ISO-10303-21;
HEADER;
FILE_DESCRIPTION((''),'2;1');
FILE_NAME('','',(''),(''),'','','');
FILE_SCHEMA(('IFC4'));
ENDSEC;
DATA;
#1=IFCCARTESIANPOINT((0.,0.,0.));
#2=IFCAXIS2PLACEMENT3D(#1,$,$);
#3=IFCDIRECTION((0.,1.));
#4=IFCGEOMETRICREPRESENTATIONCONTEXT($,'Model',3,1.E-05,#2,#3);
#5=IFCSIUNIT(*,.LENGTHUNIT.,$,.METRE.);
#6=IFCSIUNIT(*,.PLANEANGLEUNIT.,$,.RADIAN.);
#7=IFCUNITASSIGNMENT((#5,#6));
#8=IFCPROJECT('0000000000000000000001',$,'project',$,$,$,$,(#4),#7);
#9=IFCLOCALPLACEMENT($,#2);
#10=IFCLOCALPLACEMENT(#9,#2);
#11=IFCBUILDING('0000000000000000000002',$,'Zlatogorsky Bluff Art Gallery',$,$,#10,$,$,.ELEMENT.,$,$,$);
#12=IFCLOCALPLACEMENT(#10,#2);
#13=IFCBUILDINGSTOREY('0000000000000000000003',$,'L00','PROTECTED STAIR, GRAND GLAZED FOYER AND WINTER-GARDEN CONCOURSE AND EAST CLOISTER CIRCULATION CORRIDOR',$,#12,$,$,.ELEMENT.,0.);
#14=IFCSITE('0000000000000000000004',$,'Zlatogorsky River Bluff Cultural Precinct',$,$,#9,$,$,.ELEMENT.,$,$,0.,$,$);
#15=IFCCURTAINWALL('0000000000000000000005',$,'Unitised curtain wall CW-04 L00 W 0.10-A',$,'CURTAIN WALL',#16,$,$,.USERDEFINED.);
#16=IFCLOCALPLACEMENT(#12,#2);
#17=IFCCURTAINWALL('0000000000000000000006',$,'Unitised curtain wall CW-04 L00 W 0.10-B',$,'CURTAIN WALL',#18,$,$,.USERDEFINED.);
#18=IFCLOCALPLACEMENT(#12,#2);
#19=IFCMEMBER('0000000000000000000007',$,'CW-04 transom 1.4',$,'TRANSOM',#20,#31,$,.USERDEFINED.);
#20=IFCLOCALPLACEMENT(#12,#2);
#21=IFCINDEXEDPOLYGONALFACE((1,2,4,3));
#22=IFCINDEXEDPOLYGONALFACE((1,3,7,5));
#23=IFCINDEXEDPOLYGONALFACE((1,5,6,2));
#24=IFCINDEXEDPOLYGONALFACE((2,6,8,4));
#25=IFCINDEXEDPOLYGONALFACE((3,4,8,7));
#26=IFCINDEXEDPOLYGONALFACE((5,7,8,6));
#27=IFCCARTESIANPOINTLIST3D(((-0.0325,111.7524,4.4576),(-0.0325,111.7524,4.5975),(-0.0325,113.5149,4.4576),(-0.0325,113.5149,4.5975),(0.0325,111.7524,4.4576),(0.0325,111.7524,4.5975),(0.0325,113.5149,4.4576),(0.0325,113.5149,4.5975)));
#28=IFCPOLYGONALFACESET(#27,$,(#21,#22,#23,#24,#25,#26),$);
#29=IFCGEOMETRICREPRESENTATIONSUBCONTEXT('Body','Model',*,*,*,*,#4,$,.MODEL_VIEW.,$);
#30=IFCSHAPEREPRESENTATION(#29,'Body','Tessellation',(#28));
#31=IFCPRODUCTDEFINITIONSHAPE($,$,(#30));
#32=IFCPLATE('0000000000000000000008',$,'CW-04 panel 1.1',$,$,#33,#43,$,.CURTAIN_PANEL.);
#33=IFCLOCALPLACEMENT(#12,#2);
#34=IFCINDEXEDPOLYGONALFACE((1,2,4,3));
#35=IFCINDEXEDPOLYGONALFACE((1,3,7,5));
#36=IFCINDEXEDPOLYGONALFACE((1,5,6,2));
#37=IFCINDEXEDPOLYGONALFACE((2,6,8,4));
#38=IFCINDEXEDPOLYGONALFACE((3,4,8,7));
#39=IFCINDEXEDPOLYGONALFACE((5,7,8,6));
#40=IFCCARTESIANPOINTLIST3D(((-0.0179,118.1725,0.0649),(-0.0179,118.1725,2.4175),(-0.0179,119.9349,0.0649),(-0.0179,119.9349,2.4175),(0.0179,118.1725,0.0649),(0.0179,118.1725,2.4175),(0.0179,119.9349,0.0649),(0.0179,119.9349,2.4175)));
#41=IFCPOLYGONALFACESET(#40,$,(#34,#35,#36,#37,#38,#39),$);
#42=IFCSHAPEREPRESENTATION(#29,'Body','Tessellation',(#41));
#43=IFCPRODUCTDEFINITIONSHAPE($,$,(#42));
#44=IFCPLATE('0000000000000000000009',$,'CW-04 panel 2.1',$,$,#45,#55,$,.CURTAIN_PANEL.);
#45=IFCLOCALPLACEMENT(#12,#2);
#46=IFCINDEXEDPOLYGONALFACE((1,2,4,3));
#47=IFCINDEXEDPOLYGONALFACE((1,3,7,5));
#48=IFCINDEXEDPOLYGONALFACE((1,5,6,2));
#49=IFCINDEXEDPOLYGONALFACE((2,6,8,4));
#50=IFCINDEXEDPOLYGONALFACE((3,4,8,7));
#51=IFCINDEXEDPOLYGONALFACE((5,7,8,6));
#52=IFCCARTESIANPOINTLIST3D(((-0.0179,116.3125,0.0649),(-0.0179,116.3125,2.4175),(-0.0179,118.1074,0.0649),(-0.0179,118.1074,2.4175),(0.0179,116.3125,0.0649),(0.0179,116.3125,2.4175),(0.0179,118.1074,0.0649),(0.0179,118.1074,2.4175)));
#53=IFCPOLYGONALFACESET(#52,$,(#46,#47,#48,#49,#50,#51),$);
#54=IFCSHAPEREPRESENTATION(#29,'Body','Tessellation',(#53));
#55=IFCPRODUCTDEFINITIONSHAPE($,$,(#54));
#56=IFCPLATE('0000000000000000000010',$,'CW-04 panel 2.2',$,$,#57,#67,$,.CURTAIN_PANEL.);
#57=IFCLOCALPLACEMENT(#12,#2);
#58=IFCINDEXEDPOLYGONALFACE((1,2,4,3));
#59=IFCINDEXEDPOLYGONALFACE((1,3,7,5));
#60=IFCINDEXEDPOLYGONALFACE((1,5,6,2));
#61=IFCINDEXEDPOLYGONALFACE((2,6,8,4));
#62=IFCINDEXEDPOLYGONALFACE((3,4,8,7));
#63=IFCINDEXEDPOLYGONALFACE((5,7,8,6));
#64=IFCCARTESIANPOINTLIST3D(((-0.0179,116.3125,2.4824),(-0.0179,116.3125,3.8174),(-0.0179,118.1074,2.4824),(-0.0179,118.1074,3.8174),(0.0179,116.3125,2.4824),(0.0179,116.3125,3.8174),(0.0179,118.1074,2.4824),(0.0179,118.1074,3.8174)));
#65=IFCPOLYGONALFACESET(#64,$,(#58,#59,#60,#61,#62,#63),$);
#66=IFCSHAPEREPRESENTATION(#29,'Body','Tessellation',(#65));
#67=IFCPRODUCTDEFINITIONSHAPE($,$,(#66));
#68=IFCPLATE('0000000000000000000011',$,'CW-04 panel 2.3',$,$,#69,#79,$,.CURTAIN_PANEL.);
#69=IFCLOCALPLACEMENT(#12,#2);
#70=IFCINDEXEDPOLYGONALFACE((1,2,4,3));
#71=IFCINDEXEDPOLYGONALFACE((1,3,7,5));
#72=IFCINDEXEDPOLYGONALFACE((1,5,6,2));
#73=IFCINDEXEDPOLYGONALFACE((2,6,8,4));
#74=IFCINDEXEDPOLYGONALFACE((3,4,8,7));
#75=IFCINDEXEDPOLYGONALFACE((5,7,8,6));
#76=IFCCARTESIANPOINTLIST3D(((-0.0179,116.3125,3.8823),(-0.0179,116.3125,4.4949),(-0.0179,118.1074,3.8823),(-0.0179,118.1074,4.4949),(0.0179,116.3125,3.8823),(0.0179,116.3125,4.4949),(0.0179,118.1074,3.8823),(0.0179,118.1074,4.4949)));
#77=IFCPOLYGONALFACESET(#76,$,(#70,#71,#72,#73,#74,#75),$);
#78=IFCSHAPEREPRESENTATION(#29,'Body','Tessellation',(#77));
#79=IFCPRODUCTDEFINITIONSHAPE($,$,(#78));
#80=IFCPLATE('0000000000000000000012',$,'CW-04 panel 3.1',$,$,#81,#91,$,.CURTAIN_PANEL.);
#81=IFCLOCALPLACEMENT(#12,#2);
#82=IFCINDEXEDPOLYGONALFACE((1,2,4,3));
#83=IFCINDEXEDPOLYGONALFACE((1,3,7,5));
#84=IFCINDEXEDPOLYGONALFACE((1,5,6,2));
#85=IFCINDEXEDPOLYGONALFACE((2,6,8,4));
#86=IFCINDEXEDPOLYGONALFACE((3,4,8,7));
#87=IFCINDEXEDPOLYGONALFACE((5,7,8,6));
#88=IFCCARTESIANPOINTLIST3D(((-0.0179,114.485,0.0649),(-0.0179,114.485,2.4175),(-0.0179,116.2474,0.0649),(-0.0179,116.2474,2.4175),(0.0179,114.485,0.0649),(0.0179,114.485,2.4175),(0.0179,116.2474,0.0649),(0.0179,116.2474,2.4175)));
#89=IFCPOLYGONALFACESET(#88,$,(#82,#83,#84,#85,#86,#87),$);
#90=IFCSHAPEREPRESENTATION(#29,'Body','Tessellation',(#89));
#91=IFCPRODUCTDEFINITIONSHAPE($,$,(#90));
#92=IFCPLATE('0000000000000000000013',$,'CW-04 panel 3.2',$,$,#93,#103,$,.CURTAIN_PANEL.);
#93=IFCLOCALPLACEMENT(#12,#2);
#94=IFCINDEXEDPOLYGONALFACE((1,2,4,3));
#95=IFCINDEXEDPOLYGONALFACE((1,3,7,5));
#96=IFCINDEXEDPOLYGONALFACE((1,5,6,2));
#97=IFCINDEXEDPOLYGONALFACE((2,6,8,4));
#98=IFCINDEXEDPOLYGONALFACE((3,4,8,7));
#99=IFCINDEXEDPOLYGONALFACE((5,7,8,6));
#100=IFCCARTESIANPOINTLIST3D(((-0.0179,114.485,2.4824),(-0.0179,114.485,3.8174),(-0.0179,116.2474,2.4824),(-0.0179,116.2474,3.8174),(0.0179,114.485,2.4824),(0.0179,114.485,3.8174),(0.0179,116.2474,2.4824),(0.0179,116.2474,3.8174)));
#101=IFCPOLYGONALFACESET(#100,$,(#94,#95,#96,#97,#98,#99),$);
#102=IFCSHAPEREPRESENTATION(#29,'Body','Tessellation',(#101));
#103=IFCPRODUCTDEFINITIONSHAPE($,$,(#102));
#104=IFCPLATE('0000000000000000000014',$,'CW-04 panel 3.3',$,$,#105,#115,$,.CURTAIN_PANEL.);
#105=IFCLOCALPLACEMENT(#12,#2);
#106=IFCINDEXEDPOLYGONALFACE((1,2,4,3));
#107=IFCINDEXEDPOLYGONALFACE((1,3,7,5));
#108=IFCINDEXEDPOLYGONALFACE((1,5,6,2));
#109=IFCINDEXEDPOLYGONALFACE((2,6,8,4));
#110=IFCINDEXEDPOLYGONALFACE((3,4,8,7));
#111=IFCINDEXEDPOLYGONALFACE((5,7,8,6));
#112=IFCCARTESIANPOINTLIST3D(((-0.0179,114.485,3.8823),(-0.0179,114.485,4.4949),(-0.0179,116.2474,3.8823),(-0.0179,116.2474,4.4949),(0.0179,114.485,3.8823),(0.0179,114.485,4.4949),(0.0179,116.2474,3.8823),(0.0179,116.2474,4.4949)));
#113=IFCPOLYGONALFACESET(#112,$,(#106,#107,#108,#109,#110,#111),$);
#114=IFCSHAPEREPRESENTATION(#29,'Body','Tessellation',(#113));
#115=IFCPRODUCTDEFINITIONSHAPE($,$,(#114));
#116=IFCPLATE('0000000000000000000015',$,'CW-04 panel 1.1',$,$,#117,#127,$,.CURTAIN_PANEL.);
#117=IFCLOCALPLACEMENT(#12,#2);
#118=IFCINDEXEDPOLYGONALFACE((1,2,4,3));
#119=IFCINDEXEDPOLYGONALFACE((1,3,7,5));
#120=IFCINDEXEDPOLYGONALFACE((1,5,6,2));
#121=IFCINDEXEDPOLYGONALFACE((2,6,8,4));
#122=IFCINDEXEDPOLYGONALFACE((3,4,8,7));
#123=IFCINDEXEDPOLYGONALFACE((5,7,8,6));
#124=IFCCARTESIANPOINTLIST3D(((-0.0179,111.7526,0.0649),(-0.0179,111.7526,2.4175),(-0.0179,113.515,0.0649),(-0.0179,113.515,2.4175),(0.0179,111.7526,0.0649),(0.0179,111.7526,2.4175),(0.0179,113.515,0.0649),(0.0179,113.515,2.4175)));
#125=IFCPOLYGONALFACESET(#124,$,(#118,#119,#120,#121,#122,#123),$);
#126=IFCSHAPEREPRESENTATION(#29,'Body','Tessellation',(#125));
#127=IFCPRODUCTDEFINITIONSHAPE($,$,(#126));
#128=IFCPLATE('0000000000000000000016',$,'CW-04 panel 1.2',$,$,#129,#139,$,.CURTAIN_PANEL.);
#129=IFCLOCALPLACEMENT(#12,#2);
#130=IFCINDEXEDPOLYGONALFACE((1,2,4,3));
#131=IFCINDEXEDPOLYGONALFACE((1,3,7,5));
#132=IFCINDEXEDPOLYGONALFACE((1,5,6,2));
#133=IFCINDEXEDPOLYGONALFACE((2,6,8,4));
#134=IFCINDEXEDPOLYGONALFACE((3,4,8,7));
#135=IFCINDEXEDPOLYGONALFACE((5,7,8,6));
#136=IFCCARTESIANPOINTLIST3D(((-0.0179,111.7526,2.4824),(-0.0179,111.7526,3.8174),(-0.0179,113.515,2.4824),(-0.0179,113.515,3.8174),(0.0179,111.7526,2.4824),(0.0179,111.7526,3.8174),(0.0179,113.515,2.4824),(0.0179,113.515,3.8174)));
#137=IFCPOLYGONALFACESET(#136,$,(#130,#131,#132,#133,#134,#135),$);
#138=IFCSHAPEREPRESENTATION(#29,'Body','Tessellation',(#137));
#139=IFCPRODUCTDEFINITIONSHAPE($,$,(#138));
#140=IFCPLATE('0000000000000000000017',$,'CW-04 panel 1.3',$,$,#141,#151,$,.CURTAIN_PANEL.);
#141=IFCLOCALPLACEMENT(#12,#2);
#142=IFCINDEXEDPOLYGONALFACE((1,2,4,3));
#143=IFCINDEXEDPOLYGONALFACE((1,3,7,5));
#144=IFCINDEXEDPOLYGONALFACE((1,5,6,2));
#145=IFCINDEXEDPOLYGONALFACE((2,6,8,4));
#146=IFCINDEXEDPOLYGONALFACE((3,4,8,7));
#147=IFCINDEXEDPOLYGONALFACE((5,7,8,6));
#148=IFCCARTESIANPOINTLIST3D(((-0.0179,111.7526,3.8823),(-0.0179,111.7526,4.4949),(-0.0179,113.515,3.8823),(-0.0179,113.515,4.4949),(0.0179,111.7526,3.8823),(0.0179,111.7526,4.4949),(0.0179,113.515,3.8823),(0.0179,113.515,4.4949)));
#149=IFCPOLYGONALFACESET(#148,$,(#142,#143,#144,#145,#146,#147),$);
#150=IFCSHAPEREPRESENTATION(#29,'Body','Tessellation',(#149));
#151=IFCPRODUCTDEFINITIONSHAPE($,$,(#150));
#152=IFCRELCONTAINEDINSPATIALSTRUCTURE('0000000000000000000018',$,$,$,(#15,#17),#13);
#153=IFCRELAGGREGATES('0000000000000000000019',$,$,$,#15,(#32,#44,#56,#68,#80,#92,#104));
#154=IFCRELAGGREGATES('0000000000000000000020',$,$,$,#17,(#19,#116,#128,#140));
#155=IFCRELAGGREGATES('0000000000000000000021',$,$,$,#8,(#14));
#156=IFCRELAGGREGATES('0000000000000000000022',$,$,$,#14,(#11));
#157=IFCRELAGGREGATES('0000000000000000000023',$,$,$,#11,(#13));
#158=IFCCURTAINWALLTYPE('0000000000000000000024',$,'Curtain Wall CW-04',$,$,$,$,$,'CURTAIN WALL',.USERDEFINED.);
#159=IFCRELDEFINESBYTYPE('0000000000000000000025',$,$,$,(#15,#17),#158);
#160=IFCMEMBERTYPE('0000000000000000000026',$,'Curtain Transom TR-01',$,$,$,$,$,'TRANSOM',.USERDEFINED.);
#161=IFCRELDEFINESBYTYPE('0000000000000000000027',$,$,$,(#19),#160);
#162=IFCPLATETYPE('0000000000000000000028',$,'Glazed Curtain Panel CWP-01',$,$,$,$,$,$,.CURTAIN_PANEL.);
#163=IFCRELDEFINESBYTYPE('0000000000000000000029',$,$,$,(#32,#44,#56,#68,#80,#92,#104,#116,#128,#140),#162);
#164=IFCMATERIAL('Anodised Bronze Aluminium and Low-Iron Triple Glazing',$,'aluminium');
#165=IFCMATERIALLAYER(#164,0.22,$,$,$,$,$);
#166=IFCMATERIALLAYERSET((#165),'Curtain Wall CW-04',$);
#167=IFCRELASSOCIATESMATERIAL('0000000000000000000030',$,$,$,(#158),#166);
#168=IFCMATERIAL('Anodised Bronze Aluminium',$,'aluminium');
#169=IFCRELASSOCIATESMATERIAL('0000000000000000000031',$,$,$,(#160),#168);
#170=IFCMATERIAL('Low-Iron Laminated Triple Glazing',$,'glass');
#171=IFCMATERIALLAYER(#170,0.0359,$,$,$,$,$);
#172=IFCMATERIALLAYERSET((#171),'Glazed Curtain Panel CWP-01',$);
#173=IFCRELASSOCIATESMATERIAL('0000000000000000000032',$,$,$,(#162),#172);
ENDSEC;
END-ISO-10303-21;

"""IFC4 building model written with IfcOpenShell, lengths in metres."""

from ifc_helpers import new_model, si_unit, direction, frame, origin, origin_2d, place, context, subcontext, project, spatial, rectangle, extrude, material, layer, layer_set, material_profile, profile_set, type_object, element, aggregate, save


model = new_model("IFC4")

# Units and contexts
model_context = context("Model", 3, precision=1e-05, world=origin(), true_north=direction((0.0, 1.0)))
body_context = subcontext(model_context, "Body", "Model", "MODEL_VIEW")
ifc_project = project(units=[si_unit("LENGTHUNIT", "METRE"), si_unit("PLANEANGLEUNIT", "RADIAN")], contexts=[model_context])

# Site, building, storey
site_placement = place(None, origin())
site = spatial("IfcSite", under=ifc_project, at=site_placement, Name="Zlatogorsky River Bluff Cultural Precinct", CompositionType="ELEMENT", RefElevation=0.0)
building_placement = place(site_placement, origin())
building = spatial("IfcBuilding", under=site, at=building_placement, Name="Zlatogorsky Bluff Art Gallery", CompositionType="ELEMENT")
storey_placement = place(building_placement, origin())
storey = spatial("IfcBuildingStorey", under=building, at=storey_placement, Name="L00", Description="PROTECTED STAIR, GRAND GLAZED FOYER AND WINTER-GARDEN CONCOURSE AND EAST CLOISTER CIRCULATION CORRIDOR", CompositionType="ELEMENT", Elevation=0.0)

# Curtain wall
ifc_material_1 = material(Name="Anodised Bronze Aluminium and Low-Iron Triple Glazing", Category="aluminium")
ifc_layer_1 = layer(ifc_material_1, 0.22)
ifc_layer_set_1 = layer_set([ifc_layer_1], Name="Curtain Wall CW-04")
curtain_wall_type = type_object("IfcCurtainWallType", Name="Curtain Wall CW-04", ElementType="CURTAIN WALL", PredefinedType="USERDEFINED", material=ifc_layer_set_1)
curtain_wall_1_placement = place(storey_placement, origin())
curtain_wall_1 = element("IfcCurtainWall", 1, at=curtain_wall_1_placement, inside=storey, type_object=curtain_wall_type, Name="Unitised curtain wall CW-04 L00 W 0.10-A", ObjectType="CURTAIN WALL", PredefinedType="USERDEFINED")
ifc_material_2 = material(Name="Anodised Bronze Aluminium", Category="aluminium")

# Curtain wall
curtain_wall_2_placement = place(storey_placement, origin())
curtain_wall_2 = element("IfcCurtainWall", 2, at=curtain_wall_2_placement, inside=storey, type_object=curtain_wall_type, Name="Unitised curtain wall CW-04 L00 W 0.10-B", ObjectType="CURTAIN WALL", PredefinedType="USERDEFINED")

# Member
ifc_material_profile_1 = material_profile(ifc_material_2, rectangle(XDim=0.0649, YDim=0.1399, at=origin_2d()), Name="ALU TRANSOM 65x140")
ifc_profile_set_1 = profile_set([ifc_material_profile_1], Name="Anodised Bronze Aluminium")
member_type_1 = type_object("IfcMemberType", Name="Curtain Transom TR-01", ElementType="TRANSOM", PredefinedType="USERDEFINED", material=ifc_profile_set_1)
member_1_placement = place(storey_placement, frame((0.0, 113.5149, 4.5276), z_axis=(0.0, -1.0, 0.0), x_axis=(1.0, 0.0, 0.0)))
member_1 = element("IfcMember", 3, at=member_1_placement, type_object=member_type_1, Name="CW-04 transom 1.4", ObjectType="TRANSOM", PredefinedType="USERDEFINED", context=body_context, shape_type="SweptSolid", body=[
    extrude(rectangle(XDim=0.0649, YDim=0.1399, at=origin_2d()), origin(), (0.0, 0.0, 1.0), 1.7625),
])

# Plates
ifc_material_3 = material(Name="Low-Iron Laminated Triple Glazing", Category="glass")
ifc_layer_2 = layer(ifc_material_3, 0.0359)
ifc_layer_set_2 = layer_set([ifc_layer_2], Name="Glazed Curtain Panel CWP-01")
plate_type = type_object("IfcPlateType", Name="Glazed Curtain Panel CWP-01", PredefinedType="CURTAIN_PANEL", material=ifc_layer_set_2)
plate_1_placement = place(storey_placement, frame((0.0, 119.0537, 0.0649), z_axis=(0.0, 0.0, 1.0), x_axis=(0.0, -1.0, 0.0)))
plate_1 = element("IfcPlate", 4, at=plate_1_placement, type_object=plate_type, Name="CW-04 panel 1.1", PredefinedType="CURTAIN_PANEL", context=body_context, shape_type="SweptSolid", body=[
    extrude(rectangle(XDim=1.7625, YDim=0.0359, at=origin_2d()), origin(), (0.0, 0.0, 1.0), 2.3525),
])
plate_2_placement = place(storey_placement, frame((0.0, 117.21, 0.0649), z_axis=(0.0, 0.0, 1.0), x_axis=(0.0, -1.0, 0.0)))
plate_2 = element("IfcPlate", 5, at=plate_2_placement, type_object=plate_type, Name="CW-04 panel 2.1", PredefinedType="CURTAIN_PANEL", context=body_context, shape_type="SweptSolid", body=[
    extrude(rectangle(XDim=1.7949, YDim=0.0359, at=origin_2d()), origin(), (0.0, 0.0, 1.0), 2.3525),
])
plate_3_placement = place(storey_placement, frame((0.0, 117.21, 2.4824), z_axis=(0.0, 0.0, 1.0), x_axis=(0.0, -1.0, 0.0)))
plate_3 = element("IfcPlate", 6, at=plate_3_placement, type_object=plate_type, Name="CW-04 panel 2.2", PredefinedType="CURTAIN_PANEL", context=body_context, shape_type="SweptSolid", body=[
    extrude(rectangle(XDim=1.7949, YDim=0.0359, at=origin_2d()), origin(), (0.0, 0.0, 1.0), 1.335),
])
plate_4_placement = place(storey_placement, frame((0.0, 117.21, 3.8823), z_axis=(0.0, 0.0, 1.0), x_axis=(0.0, -1.0, 0.0)))
plate_4 = element("IfcPlate", 7, at=plate_4_placement, type_object=plate_type, Name="CW-04 panel 2.3", PredefinedType="CURTAIN_PANEL", context=body_context, shape_type="SweptSolid", body=[
    extrude(rectangle(XDim=1.7949, YDim=0.0359, at=origin_2d()), origin(), (0.0, 0.0, 1.0), 0.6125),
])
plate_5_placement = place(storey_placement, frame((0.0, 115.3662, 0.0649), z_axis=(0.0, 0.0, 1.0), x_axis=(0.0, -1.0, 0.0)))
plate_5 = element("IfcPlate", 8, at=plate_5_placement, type_object=plate_type, Name="CW-04 panel 3.1", PredefinedType="CURTAIN_PANEL", context=body_context, shape_type="SweptSolid", body=[
    extrude(rectangle(XDim=1.7625, YDim=0.0359, at=origin_2d()), origin(), (0.0, 0.0, 1.0), 2.3525),
])
plate_6_placement = place(storey_placement, frame((0.0, 115.3662, 2.4824), z_axis=(0.0, 0.0, 1.0), x_axis=(0.0, -1.0, 0.0)))
plate_6 = element("IfcPlate", 9, at=plate_6_placement, type_object=plate_type, Name="CW-04 panel 3.2", PredefinedType="CURTAIN_PANEL", context=body_context, shape_type="SweptSolid", body=[
    extrude(rectangle(XDim=1.7625, YDim=0.0359, at=origin_2d()), origin(), (0.0, 0.0, 1.0), 1.335),
])
plate_7_placement = place(storey_placement, frame((0.0, 115.3662, 3.8823), z_axis=(0.0, 0.0, 1.0), x_axis=(0.0, -1.0, 0.0)))
plate_7 = element("IfcPlate", 10, at=plate_7_placement, type_object=plate_type, Name="CW-04 panel 3.3", PredefinedType="CURTAIN_PANEL", context=body_context, shape_type="SweptSolid", body=[
    extrude(rectangle(XDim=1.7625, YDim=0.0359, at=origin_2d()), origin(), (0.0, 0.0, 1.0), 0.6125),
])
aggregate(curtain_wall_1, [plate_1, plate_2, plate_3, plate_4, plate_5, plate_6, plate_7])
plate_8_placement = place(storey_placement, frame((0.0, 112.6338, 0.0649), z_axis=(0.0, 0.0, 1.0), x_axis=(0.0, -1.0, 0.0)))
plate_8 = element("IfcPlate", 11, at=plate_8_placement, type_object=plate_type, Name="CW-04 panel 1.1", PredefinedType="CURTAIN_PANEL", context=body_context, shape_type="SweptSolid", body=[
    extrude(rectangle(XDim=1.7625, YDim=0.0359, at=origin_2d()), origin(), (0.0, 0.0, 1.0), 2.3525),
])
plate_9_placement = place(storey_placement, frame((0.0, 112.6338, 2.4824), z_axis=(0.0, 0.0, 1.0), x_axis=(0.0, -1.0, 0.0)))
plate_9 = element("IfcPlate", 12, at=plate_9_placement, type_object=plate_type, Name="CW-04 panel 1.2", PredefinedType="CURTAIN_PANEL", context=body_context, shape_type="SweptSolid", body=[
    extrude(rectangle(XDim=1.7625, YDim=0.0359, at=origin_2d()), origin(), (0.0, 0.0, 1.0), 1.335),
])
plate_10_placement = place(storey_placement, frame((0.0, 112.6338, 3.8823), z_axis=(0.0, 0.0, 1.0), x_axis=(0.0, -1.0, 0.0)))
plate_10 = element("IfcPlate", 13, at=plate_10_placement, type_object=plate_type, Name="CW-04 panel 1.3", PredefinedType="CURTAIN_PANEL", context=body_context, shape_type="SweptSolid", body=[
    extrude(rectangle(XDim=1.7625, YDim=0.0359, at=origin_2d()), origin(), (0.0, 0.0, 1.0), 0.6125),
])
aggregate(curtain_wall_2, [member_1, plate_8, plate_9, plate_10])

save(model, "model.ifc")
